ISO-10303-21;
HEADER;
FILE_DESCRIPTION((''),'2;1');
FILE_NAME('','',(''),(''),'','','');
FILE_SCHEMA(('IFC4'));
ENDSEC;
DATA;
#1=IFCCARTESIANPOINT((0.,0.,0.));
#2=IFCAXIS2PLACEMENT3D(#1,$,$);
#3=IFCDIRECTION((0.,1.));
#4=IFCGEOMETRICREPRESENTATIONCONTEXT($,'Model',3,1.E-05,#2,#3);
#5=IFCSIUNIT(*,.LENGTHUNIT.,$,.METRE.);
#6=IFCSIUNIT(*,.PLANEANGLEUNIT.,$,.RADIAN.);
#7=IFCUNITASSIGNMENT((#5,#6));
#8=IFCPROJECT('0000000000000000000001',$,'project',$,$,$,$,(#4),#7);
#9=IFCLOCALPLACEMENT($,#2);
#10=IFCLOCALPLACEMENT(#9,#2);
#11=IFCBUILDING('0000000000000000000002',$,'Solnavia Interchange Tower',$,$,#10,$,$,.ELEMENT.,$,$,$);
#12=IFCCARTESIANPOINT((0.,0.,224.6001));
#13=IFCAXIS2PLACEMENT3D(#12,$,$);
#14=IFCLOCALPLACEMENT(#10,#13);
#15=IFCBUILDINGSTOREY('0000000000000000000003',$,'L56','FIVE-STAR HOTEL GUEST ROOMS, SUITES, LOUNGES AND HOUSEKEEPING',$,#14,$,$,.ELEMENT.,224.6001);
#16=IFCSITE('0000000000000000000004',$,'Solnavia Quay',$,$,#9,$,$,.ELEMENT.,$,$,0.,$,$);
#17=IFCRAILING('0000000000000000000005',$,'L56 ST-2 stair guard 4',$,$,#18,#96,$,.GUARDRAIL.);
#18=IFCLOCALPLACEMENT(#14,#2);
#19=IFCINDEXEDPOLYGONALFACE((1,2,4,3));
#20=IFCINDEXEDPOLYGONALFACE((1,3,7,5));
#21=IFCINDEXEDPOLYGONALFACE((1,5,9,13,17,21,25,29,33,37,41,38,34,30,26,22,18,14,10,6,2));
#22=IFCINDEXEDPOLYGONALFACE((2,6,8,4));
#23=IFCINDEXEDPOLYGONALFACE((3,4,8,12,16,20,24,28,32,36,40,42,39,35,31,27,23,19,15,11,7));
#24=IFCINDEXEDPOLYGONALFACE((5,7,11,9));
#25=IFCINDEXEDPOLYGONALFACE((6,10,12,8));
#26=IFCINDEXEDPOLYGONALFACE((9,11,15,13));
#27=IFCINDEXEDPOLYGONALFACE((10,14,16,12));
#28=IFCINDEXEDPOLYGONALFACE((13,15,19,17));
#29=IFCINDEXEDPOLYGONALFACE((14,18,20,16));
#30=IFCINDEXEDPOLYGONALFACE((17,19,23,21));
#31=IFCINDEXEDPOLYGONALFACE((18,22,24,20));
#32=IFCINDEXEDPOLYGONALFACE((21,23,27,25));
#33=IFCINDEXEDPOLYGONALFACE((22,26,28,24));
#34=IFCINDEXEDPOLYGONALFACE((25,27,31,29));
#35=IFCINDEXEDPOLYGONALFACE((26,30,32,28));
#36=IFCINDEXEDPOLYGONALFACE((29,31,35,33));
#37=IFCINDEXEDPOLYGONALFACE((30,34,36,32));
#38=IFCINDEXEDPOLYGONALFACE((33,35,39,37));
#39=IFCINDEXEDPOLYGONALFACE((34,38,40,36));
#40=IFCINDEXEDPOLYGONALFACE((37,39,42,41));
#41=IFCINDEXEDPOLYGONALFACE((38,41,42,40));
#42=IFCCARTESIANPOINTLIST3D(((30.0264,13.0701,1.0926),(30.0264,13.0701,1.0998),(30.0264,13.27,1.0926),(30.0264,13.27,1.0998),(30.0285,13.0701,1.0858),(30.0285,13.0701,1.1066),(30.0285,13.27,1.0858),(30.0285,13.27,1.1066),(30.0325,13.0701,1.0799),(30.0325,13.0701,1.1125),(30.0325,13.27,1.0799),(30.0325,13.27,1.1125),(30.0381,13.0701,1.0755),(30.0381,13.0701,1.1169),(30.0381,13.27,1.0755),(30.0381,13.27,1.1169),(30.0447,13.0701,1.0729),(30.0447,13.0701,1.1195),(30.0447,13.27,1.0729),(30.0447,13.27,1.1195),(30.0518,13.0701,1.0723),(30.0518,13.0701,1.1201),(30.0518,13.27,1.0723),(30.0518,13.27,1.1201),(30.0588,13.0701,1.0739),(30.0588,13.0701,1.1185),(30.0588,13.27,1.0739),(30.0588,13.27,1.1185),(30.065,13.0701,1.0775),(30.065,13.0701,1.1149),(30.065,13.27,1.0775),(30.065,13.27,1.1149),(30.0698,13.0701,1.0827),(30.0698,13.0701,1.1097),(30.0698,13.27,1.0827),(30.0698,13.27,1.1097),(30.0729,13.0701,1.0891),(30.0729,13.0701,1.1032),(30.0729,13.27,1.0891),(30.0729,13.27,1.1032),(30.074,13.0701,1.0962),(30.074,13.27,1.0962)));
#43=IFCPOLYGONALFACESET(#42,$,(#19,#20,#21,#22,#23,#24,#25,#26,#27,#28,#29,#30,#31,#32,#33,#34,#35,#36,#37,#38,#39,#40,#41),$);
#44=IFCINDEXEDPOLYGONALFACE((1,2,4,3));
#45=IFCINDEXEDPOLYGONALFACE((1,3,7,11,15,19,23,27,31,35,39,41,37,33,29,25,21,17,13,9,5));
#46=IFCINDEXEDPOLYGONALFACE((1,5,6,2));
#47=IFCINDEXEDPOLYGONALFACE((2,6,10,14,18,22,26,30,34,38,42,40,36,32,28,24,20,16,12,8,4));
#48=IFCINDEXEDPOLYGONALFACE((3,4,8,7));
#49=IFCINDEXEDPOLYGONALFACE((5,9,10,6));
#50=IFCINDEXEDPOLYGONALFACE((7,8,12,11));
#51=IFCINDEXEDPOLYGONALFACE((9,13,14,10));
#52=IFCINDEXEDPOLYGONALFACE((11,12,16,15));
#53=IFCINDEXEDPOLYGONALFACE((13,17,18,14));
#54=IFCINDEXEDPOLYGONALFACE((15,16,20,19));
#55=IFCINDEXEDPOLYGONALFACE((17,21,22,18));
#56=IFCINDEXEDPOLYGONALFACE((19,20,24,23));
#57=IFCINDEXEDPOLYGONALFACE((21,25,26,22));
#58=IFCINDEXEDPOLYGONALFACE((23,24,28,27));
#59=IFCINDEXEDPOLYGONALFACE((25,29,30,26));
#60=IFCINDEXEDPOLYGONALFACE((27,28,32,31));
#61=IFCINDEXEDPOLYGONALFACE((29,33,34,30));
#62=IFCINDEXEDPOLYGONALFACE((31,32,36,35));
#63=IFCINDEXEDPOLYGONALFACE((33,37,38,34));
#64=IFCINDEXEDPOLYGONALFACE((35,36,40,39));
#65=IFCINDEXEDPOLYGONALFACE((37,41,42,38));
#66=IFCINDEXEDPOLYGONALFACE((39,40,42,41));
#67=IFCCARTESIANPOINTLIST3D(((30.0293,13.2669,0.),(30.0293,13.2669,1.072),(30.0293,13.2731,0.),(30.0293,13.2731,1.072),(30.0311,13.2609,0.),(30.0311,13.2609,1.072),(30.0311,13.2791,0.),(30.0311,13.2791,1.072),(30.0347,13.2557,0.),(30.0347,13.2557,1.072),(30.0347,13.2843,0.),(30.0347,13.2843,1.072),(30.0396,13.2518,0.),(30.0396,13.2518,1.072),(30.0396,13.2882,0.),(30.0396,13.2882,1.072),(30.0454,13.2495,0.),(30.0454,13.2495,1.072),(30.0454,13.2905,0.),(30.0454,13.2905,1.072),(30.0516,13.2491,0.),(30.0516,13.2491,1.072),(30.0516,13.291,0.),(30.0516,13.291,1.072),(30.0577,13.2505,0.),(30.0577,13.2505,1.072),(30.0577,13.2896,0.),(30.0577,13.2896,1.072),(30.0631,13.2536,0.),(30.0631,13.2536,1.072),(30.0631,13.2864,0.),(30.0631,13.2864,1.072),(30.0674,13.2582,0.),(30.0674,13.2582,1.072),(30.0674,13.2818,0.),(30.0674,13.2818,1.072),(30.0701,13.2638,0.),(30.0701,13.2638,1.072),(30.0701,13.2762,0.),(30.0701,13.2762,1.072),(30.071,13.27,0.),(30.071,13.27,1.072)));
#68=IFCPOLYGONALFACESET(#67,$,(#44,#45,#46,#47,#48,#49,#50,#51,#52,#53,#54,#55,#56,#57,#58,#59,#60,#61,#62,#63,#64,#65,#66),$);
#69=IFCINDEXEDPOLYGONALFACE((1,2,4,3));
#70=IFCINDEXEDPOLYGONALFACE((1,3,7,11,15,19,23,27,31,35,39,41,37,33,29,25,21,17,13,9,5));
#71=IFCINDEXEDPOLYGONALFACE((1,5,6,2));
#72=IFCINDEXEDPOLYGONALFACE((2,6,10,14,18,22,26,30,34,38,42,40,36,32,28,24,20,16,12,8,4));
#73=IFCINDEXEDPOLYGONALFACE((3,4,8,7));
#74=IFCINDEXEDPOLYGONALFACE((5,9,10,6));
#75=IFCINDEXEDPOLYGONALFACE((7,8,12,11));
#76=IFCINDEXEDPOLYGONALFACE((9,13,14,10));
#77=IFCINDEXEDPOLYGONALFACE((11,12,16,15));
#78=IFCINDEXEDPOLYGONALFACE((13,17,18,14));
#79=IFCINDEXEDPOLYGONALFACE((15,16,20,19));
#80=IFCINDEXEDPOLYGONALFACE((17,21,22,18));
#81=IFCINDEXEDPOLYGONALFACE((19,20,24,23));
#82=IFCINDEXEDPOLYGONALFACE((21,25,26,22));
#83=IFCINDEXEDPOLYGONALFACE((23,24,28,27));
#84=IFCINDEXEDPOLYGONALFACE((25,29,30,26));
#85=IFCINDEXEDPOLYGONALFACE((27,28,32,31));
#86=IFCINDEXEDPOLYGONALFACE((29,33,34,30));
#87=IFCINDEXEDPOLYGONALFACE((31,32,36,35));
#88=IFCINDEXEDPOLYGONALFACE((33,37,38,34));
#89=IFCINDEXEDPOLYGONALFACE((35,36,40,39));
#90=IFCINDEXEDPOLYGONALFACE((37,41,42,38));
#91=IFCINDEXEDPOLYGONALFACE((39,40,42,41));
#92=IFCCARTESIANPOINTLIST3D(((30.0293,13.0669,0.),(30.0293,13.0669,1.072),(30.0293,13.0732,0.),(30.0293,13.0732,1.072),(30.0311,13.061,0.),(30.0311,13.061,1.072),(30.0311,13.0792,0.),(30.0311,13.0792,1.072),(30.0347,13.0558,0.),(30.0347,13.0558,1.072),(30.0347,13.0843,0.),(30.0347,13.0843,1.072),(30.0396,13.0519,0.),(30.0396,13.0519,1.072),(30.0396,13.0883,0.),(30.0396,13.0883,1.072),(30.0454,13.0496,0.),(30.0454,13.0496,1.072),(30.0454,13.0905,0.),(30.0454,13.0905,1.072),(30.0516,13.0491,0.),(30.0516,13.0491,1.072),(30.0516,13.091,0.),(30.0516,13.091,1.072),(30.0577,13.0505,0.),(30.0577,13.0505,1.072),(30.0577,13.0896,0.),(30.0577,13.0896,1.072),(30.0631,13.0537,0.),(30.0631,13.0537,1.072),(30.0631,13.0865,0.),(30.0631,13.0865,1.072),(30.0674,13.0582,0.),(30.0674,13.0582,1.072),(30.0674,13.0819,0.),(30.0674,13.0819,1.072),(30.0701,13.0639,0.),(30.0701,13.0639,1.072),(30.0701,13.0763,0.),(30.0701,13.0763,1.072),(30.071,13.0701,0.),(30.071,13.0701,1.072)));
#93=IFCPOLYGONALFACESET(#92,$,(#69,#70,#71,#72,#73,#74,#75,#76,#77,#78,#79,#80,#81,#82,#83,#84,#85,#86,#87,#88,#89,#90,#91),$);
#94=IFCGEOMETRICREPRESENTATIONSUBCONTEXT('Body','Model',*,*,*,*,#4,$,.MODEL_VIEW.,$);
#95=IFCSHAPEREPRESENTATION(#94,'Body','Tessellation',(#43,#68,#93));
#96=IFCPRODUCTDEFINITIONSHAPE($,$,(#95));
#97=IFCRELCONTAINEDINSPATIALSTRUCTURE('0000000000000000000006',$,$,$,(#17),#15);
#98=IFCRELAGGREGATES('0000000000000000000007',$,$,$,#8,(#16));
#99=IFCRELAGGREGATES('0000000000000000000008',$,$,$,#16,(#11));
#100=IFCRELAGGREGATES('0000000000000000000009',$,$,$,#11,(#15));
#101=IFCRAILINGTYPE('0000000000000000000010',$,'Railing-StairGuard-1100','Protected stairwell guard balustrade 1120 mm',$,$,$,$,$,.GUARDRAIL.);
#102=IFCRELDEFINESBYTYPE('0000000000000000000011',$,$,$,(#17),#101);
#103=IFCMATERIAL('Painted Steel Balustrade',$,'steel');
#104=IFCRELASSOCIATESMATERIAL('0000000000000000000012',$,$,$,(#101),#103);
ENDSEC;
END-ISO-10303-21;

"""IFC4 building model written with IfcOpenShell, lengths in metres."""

from ifc_helpers import new_model, si_unit, direction, frame, origin, origin_2d, place, context, subcontext, project, spatial, circle, extrude, material, type_object, element, save


model = new_model("IFC4")

# Units and contexts
model_context = context("Model", 3, precision=1e-05, world=origin(), true_north=direction((0.0, 1.0)))
body_context = subcontext(model_context, "Body", "Model", "MODEL_VIEW")
ifc_project = project(units=[si_unit("LENGTHUNIT", "METRE"), si_unit("PLANEANGLEUNIT", "RADIAN")], contexts=[model_context])

# Site, building, storey
site_placement = place(None, origin())
site = spatial("IfcSite", under=ifc_project, at=site_placement, Name="Solnavia Quay", CompositionType="ELEMENT", RefElevation=0.0)
building_placement = place(site_placement, origin())
building = spatial("IfcBuilding", under=site, at=building_placement, Name="Solnavia Interchange Tower", CompositionType="ELEMENT")
storey_placement = place(building_placement, frame((0.0, 0.0, 224.6001)))
storey = spatial("IfcBuildingStorey", under=building, at=storey_placement, Name="L56", Description="FIVE-STAR HOTEL GUEST ROOMS, SUITES, LOUNGES AND HOUSEKEEPING", CompositionType="ELEMENT", Elevation=224.6001)

# Railing
ifc_material_1 = material(Name="Painted Steel Balustrade", Category="steel")
railing_type_1 = type_object("IfcRailingType", Name="Railing-StairGuard-1100", Description="Protected stairwell guard balustrade 1120 mm", PredefinedType="GUARDRAIL", material=ifc_material_1)
railing_1_placement = place(storey_placement, frame((30.05, 13.27, 0.0)))
element("IfcRailing", 1, at=railing_1_placement, inside=storey, type_object=railing_type_1, Name="L56 ST-2 stair guard 4", PredefinedType="GUARDRAIL", context=body_context, shape_type="SweptSolid", body=[
    extrude(circle(Radius=0.0239, at=origin_2d()), frame((0.0, 0.0, 1.0962), z_axis=(0.0, -1.0, 0.0), x_axis=(1.0, 0.0, 0.0)), (0.0, 0.0, 1.0), 0.2),
    extrude(circle(Radius=0.021, at=origin_2d()), origin(), (0.0, 0.0, 1.0), 1.072),
    extrude(circle(Radius=0.021, at=origin_2d()), frame((0.0, -0.2, 0.0)), (0.0, 0.0, 1.0), 1.072),
])

save(model, "model.ifc")
